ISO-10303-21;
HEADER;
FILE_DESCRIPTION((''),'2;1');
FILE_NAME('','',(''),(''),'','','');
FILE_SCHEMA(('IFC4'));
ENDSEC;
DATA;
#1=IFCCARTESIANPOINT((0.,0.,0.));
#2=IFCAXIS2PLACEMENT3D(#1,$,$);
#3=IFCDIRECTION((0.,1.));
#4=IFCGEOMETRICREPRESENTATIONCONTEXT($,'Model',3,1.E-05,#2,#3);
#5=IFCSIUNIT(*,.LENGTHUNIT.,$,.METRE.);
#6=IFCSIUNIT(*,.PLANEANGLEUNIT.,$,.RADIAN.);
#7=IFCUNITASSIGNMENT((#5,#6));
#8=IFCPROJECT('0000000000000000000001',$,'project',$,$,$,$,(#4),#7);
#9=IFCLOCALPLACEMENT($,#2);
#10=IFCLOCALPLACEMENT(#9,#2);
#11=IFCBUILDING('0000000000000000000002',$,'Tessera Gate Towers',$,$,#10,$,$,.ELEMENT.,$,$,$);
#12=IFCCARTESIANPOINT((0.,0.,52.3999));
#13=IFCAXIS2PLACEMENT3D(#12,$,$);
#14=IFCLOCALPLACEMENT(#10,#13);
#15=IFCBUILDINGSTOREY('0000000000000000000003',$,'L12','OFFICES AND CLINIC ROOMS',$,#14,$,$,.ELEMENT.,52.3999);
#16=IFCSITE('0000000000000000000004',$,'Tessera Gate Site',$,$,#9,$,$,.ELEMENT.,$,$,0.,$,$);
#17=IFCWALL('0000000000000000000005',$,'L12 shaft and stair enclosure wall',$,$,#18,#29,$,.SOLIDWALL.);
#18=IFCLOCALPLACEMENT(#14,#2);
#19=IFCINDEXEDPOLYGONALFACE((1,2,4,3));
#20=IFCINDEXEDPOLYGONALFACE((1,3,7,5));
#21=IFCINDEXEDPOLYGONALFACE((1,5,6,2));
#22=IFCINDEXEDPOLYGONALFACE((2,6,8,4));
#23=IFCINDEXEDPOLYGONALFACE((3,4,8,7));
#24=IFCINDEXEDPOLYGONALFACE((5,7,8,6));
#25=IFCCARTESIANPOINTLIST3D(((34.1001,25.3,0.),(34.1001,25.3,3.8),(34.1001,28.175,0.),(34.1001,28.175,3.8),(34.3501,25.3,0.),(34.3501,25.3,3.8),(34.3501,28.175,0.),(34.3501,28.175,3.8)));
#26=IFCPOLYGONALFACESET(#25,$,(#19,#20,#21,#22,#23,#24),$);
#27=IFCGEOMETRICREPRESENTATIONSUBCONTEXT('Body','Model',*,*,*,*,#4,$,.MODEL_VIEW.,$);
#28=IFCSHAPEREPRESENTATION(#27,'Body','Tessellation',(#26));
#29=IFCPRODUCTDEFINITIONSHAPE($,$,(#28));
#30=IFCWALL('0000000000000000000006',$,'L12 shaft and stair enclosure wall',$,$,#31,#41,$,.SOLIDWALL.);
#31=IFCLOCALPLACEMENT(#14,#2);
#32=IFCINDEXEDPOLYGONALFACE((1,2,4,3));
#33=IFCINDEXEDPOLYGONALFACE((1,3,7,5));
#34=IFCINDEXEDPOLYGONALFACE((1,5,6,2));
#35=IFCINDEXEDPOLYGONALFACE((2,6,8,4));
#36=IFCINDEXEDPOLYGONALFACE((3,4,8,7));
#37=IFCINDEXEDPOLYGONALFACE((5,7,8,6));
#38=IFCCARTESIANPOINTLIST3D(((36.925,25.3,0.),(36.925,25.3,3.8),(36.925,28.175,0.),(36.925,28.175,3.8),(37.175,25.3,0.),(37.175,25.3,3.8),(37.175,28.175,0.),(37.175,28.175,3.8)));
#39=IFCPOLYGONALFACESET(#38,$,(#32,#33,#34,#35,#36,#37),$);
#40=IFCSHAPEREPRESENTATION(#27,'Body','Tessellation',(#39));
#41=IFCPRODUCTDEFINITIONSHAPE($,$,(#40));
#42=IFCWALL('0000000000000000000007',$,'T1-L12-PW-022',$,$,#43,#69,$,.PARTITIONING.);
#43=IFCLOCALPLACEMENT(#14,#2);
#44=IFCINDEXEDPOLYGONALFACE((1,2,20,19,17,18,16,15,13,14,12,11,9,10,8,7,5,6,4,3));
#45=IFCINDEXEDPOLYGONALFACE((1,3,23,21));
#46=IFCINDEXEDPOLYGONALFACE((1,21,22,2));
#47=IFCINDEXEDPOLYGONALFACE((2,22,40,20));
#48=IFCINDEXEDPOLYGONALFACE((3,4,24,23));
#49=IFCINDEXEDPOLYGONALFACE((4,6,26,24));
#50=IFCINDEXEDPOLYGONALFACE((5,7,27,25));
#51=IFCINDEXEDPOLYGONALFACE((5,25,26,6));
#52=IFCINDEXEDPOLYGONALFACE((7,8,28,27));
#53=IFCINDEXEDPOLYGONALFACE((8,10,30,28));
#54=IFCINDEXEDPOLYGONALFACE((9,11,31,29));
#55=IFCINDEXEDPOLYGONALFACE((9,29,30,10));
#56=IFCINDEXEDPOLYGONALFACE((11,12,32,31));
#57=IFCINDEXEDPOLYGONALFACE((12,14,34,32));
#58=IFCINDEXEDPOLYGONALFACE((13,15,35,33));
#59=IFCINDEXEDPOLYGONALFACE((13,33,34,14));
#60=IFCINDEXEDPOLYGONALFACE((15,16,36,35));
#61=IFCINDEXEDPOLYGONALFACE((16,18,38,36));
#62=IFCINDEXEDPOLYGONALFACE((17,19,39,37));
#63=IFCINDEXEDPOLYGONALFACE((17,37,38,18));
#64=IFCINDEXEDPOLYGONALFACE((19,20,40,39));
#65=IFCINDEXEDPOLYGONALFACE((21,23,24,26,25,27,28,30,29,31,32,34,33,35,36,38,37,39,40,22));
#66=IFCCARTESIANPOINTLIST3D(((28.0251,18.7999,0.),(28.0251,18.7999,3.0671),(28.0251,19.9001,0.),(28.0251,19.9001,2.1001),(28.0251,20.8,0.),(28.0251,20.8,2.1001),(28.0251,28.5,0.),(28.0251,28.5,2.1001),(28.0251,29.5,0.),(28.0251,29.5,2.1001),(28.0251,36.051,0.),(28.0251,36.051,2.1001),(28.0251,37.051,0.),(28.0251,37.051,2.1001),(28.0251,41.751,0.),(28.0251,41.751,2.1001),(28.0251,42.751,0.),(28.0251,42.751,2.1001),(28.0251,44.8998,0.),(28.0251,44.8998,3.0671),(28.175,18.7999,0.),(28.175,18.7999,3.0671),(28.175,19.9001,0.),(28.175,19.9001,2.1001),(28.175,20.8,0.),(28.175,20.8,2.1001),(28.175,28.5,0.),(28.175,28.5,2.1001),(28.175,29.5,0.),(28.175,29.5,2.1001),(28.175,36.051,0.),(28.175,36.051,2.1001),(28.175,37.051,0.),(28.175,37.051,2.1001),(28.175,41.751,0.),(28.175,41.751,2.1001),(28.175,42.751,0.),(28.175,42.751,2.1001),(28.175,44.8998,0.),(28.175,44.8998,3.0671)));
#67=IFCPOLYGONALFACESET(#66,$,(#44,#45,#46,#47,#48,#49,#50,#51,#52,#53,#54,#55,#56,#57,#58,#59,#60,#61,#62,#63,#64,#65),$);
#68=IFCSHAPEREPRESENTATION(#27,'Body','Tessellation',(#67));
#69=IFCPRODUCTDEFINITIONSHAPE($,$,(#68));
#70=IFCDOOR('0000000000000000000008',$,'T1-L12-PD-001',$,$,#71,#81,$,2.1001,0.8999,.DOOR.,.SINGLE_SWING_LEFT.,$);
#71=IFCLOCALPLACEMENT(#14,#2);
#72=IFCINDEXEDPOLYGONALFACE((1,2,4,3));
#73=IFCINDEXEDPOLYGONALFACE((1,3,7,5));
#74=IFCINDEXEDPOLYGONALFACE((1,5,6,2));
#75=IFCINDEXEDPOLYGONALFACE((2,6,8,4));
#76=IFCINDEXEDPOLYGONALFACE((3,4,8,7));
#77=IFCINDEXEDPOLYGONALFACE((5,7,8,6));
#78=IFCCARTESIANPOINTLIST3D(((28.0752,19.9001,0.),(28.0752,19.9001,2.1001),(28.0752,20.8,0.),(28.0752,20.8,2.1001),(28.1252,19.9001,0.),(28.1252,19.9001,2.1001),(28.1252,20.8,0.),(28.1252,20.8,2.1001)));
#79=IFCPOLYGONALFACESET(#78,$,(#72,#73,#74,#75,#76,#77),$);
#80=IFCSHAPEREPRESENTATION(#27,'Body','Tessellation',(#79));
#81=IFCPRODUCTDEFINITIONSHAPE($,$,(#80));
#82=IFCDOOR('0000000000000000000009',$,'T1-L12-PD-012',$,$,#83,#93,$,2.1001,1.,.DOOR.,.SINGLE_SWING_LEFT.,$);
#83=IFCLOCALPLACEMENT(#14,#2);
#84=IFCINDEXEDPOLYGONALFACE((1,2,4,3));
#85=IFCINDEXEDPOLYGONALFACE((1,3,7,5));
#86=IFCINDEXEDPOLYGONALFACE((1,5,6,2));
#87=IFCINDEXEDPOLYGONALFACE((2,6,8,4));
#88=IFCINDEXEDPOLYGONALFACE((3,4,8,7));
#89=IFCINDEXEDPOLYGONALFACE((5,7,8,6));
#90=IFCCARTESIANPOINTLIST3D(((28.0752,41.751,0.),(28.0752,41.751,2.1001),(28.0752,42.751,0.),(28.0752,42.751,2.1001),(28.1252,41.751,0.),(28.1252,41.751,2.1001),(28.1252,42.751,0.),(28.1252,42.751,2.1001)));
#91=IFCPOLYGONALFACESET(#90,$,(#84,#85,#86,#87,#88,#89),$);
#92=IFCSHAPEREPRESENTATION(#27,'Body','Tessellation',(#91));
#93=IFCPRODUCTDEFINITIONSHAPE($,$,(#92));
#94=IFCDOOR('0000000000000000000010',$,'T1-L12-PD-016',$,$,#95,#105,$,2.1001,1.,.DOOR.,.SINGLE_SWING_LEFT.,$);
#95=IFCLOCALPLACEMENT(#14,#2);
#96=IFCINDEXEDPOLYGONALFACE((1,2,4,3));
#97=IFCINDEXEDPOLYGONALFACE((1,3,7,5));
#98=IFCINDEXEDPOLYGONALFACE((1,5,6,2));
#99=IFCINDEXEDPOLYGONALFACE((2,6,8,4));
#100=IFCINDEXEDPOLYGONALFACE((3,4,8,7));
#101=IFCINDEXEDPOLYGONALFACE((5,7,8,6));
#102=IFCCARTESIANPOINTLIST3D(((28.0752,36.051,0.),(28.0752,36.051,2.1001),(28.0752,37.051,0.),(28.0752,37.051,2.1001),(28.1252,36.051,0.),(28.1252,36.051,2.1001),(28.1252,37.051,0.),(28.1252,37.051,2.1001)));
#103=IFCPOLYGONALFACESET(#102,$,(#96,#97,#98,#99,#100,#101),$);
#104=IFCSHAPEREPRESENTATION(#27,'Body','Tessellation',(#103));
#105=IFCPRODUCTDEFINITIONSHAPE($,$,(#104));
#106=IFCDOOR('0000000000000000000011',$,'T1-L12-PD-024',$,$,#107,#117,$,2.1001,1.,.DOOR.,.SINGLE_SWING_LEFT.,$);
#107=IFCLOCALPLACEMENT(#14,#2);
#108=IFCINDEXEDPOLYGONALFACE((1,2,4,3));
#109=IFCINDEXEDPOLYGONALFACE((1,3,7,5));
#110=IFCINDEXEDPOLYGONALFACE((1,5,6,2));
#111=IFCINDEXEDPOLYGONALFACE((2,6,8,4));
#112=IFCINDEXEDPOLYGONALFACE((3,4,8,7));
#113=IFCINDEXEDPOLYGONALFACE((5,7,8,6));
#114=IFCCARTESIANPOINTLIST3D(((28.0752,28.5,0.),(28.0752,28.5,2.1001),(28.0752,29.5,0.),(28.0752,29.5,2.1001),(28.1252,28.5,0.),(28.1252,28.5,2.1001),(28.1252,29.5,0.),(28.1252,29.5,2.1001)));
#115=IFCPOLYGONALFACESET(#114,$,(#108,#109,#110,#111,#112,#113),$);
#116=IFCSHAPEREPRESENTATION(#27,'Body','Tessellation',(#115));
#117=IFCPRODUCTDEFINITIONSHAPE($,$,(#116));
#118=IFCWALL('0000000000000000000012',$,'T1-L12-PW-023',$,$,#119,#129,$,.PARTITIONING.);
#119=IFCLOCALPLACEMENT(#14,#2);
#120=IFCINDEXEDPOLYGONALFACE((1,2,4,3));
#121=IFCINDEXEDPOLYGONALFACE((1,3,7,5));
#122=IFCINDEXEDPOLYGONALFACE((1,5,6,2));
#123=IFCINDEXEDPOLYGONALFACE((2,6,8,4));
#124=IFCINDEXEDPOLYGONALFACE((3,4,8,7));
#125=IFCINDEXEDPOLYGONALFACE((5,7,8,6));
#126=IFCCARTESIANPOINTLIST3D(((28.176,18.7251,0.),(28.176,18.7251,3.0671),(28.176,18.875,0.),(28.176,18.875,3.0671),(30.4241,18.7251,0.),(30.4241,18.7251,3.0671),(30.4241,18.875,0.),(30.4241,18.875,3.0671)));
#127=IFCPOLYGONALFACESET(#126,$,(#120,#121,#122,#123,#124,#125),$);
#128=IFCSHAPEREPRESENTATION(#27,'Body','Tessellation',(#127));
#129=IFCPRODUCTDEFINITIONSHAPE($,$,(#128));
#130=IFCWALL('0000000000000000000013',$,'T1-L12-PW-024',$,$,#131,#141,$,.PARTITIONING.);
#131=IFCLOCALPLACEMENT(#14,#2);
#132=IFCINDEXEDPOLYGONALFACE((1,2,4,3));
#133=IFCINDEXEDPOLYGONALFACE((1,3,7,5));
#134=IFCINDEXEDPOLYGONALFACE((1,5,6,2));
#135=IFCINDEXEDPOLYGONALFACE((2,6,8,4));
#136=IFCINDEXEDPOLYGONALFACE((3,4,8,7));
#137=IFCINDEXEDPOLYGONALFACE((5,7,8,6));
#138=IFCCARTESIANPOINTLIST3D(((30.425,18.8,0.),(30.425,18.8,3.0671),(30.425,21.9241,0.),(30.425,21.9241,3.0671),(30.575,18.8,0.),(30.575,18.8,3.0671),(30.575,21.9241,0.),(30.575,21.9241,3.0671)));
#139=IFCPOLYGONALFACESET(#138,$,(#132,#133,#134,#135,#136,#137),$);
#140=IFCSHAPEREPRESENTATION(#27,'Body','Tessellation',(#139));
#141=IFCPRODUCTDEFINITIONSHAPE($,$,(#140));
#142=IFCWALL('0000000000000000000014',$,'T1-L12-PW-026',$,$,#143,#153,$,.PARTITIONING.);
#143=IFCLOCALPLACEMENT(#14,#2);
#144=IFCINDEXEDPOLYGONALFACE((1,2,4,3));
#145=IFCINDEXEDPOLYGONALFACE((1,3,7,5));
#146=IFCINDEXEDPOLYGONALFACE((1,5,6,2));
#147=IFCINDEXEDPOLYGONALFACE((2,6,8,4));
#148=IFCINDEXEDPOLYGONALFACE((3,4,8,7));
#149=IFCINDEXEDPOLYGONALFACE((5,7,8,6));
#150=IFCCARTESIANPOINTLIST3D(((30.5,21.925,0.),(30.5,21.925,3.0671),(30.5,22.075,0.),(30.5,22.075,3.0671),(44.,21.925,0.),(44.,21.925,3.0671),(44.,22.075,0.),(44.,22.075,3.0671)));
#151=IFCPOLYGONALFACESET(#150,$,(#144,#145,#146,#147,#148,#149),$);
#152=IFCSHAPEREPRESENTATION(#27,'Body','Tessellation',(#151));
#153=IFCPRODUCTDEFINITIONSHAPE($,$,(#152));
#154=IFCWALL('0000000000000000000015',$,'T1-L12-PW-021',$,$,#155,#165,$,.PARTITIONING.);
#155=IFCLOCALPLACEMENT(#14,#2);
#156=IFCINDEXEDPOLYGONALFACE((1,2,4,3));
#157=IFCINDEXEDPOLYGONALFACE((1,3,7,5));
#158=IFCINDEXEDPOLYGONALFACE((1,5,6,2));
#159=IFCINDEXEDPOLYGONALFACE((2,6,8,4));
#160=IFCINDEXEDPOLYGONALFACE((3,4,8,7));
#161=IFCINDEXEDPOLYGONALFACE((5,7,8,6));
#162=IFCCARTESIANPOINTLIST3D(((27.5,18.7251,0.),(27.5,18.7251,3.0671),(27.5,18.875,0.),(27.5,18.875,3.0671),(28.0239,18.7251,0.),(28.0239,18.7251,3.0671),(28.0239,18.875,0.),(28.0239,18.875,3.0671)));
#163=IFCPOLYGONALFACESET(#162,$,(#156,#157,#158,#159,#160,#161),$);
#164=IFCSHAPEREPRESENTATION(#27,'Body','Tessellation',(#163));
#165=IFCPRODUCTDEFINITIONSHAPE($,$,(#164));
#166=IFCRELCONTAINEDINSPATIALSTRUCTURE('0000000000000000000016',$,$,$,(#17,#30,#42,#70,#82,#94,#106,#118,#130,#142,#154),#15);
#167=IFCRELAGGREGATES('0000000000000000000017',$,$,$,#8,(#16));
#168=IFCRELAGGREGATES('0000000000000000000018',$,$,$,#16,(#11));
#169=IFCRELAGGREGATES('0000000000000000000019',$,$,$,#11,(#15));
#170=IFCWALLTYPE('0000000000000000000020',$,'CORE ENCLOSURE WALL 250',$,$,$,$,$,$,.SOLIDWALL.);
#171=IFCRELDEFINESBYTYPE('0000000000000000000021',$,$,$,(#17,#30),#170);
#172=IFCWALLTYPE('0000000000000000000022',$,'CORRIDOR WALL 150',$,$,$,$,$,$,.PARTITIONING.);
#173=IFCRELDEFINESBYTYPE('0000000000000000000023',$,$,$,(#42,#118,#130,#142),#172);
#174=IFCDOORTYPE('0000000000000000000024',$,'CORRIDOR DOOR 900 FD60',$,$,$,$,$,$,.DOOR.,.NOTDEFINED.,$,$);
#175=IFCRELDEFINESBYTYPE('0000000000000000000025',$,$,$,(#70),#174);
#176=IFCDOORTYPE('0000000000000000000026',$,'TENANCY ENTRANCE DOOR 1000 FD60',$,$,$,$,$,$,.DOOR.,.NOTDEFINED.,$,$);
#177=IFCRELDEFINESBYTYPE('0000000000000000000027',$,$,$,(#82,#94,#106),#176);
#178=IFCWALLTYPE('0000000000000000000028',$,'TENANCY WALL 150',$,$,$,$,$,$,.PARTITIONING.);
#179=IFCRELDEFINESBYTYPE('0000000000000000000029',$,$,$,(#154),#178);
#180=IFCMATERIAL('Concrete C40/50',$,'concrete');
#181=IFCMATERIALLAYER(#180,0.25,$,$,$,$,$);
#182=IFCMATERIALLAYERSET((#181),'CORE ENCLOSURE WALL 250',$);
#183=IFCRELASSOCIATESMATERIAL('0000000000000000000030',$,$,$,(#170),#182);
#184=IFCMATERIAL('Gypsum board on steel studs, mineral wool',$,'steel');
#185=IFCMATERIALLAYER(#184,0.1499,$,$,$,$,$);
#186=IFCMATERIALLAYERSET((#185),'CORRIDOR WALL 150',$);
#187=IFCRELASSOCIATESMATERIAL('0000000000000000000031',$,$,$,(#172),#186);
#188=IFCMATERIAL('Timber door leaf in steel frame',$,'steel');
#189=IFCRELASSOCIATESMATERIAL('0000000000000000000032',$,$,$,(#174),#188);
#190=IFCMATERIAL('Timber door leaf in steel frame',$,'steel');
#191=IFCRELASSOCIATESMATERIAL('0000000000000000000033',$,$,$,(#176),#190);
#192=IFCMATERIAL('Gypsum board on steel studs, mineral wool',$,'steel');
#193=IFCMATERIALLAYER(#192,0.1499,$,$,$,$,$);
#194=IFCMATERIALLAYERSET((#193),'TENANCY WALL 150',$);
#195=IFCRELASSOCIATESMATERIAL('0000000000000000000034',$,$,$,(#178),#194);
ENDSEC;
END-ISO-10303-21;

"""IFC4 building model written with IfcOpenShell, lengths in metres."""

from ifc_helpers import new_model, si_unit, direction, frame, frame_2d, origin, place, context, subcontext, project, spatial, rectangle, extrude, source, transform, mapped, material, layer, layer_set, type_object, element, fill, save


model = new_model("IFC4")

# Units and contexts
model_context = context("Model", 3, precision=1e-05, world=origin(), true_north=direction((0.0, 1.0)))
body_context = subcontext(model_context, "Body", "Model", "MODEL_VIEW")
ifc_project = project(units=[si_unit("LENGTHUNIT", "METRE"), si_unit("PLANEANGLEUNIT", "RADIAN")], contexts=[model_context])

# Site, building, storey
site_placement = place(None, origin())
site = spatial("IfcSite", under=ifc_project, at=site_placement, Name="Tessera Gate Site", CompositionType="ELEMENT", RefElevation=0.0)
building_placement = place(site_placement, origin())
building = spatial("IfcBuilding", under=site, at=building_placement, Name="Tessera Gate Towers", CompositionType="ELEMENT")
storey_placement = place(building_placement, frame((0.0, 0.0, 52.3999)))
storey = spatial("IfcBuildingStorey", under=building, at=storey_placement, Name="L12", Description="OFFICES AND CLINIC ROOMS", CompositionType="ELEMENT", Elevation=52.3999)

# Shared definitions
ifc_material_1 = material(Name="Concrete C40/50", Category="concrete")
ifc_layer_1 = layer(ifc_material_1, 0.25)
ifc_layer_set_1 = layer_set([ifc_layer_1], Name="CORE ENCLOSURE WALL 250")
wall_type_1 = type_object("IfcWallType", Name="CORE ENCLOSURE WALL 250", PredefinedType="SOLIDWALL", material=ifc_layer_set_1)

# Walls
for number, where, z_axis, x_axis, name in (
    (1, (34.2251, 25.3, 0.0), (0.0, 0.0, 1.0), (0.0, 1.0, 0.0), "L12 shaft and stair enclosure wall"),
    (2, (37.05, 25.3, 0.0), (0.0, 0.0, 1.0), (0.0, 1.0, 0.0), "L12 shaft and stair enclosure wall"),
):
    element("IfcWall", number, at=place(storey_placement, frame(where, z_axis=z_axis, x_axis=x_axis)), inside=storey, type_object=wall_type_1, Name=name, PredefinedType="SOLIDWALL", context=body_context, shape_type="SweptSolid", body=[
        extrude(rectangle(XDim=2.875, YDim=0.25, at=frame_2d((1.4375, 0.0))), origin(), (0.0, 0.0, 1.0), 3.8),
    ])

# Wall, openings, doors
ifc_material_2 = material(Name="Gypsum board on steel studs, mineral wool", Category="steel")
ifc_layer_2 = layer(ifc_material_2, 0.1499)
ifc_layer_set_2 = layer_set([ifc_layer_2], Name="CORRIDOR WALL 150")
wall_type_2 = type_object("IfcWallType", Name="CORRIDOR WALL 150", PredefinedType="PARTITIONING", material=ifc_layer_set_2)
wall_1_placement = place(storey_placement, frame((28.1001, 18.8, 0.0), z_axis=(0.0, 0.0, 1.0), x_axis=(0.0, 1.0, 0.0)))
wall_1 = element("IfcWall", 3, at=wall_1_placement, inside=storey, type_object=wall_type_2, Name="T1-L12-PW-022", PredefinedType="PARTITIONING", context=body_context, shape_type="SweptSolid", body=[
    extrude(rectangle(XDim=26.0999, YDim=0.1499, at=frame_2d((13.0498, 0.0))), origin(), (0.0, 0.0, 1.0), 3.0671),
])
shared_shape_1 = source(origin(), body_context, "Body", "SweptSolid", [
    extrude(rectangle(XDim=0.8999, YDim=2.1001, at=frame_2d((0.45, 1.05))), frame((0.0, 0.085, 0.0), z_axis=(0.0, -1.0, 0.0), x_axis=(1.0, 0.0, 0.0)), (0.0, 0.0, 1.0), 0.1699),
])
opening_1_placement = place(wall_1_placement, frame((1.1001, 0.0, 0.0)))
opening_1 = element("IfcOpeningElement", 4, at=opening_1_placement, cuts=wall_1, PredefinedType="OPENING", context=body_context, shape_type="MappedRepresentation", body=[
    mapped(shared_shape_1, transform((0.0, 0.0, 0.0), scale=1.0)),
])
shared_shape_2 = source(origin(), body_context, "Body", "SweptSolid", [
    extrude(rectangle(XDim=1.0, YDim=2.1001, at=frame_2d((0.5, 1.05))), frame((0.0, 0.085, 0.0), z_axis=(0.0, -1.0, 0.0), x_axis=(1.0, 0.0, 0.0)), (0.0, 0.0, 1.0), 0.1699),
])
opening_2_placement = place(wall_1_placement, frame((22.9509, 0.0, 0.0)))
opening_2 = element("IfcOpeningElement", 5, at=opening_2_placement, cuts=wall_1, PredefinedType="OPENING", context=body_context, shape_type="MappedRepresentation", body=[
    mapped(shared_shape_2, transform((0.0, 0.0, 0.0), scale=1.0)),
])
opening_3_placement = place(wall_1_placement, frame((17.251, 0.0, 0.0)))
opening_3 = element("IfcOpeningElement", 6, at=opening_3_placement, cuts=wall_1, PredefinedType="OPENING", context=body_context, shape_type="MappedRepresentation", body=[
    mapped(shared_shape_2, transform((0.0, 0.0, 0.0), scale=1.0)),
])
opening_4_placement = place(wall_1_placement, frame((9.7, 0.0, 0.0)))
opening_4 = element("IfcOpeningElement", 7, at=opening_4_placement, cuts=wall_1, PredefinedType="OPENING", context=body_context, shape_type="MappedRepresentation", body=[
    mapped(shared_shape_2, transform((0.0, 0.0, 0.0), scale=1.0)),
])
ifc_material_3 = material(Name="Timber door leaf in steel frame", Category="steel")
door_type_1 = type_object("IfcDoorType", Name="CORRIDOR DOOR 900 FD60", OperationType="NOTDEFINED", PredefinedType="DOOR", material=ifc_material_3)
shared_shape_3 = source(origin(), body_context, "Body", "SweptSolid", [
    extrude(rectangle(XDim=0.8999, YDim=2.1001, at=frame_2d((0.45, 1.05))), frame((0.0, 0.0249, 0.0), z_axis=(0.0, -1.0, 0.0), x_axis=(1.0, 0.0, 0.0)), (0.0, 0.0, 1.0), 0.05),
])
door_1_placement = place(opening_1_placement, origin())
door_1 = element("IfcDoor", 8, at=door_1_placement, inside=storey, type_object=door_type_1, Name="T1-L12-PD-001", OperationType="SINGLE_SWING_LEFT", OverallHeight=2.1001, OverallWidth=0.8999, PredefinedType="DOOR", context=body_context, shape_type="MappedRepresentation", body=[
    mapped(shared_shape_3, transform((0.0, 0.0, 0.0), scale=1.0)),
])
fill(opening_1, door_1)
ifc_material_4 = material(Name="Timber door leaf in steel frame", Category="steel")
door_type_2 = type_object("IfcDoorType", Name="TENANCY ENTRANCE DOOR 1000 FD60", OperationType="NOTDEFINED", PredefinedType="DOOR", material=ifc_material_4)
shared_shape_4 = source(origin(), body_context, "Body", "SweptSolid", [
    extrude(rectangle(XDim=1.0, YDim=2.1001, at=frame_2d((0.5, 1.05))), frame((0.0, 0.0249, 0.0), z_axis=(0.0, -1.0, 0.0), x_axis=(1.0, 0.0, 0.0)), (0.0, 0.0, 1.0), 0.05),
])
door_2_placement = place(opening_2_placement, origin())
door_2 = element("IfcDoor", 9, at=door_2_placement, inside=storey, type_object=door_type_2, Name="T1-L12-PD-012", OperationType="SINGLE_SWING_LEFT", OverallHeight=2.1001, OverallWidth=1.0, PredefinedType="DOOR", context=body_context, shape_type="MappedRepresentation", body=[
    mapped(shared_shape_4, transform((0.0, 0.0, 0.0), scale=1.0)),
])
fill(opening_2, door_2)
door_3_placement = place(opening_3_placement, origin())
door_3 = element("IfcDoor", 10, at=door_3_placement, inside=storey, type_object=door_type_2, Name="T1-L12-PD-016", OperationType="SINGLE_SWING_LEFT", OverallHeight=2.1001, OverallWidth=1.0, PredefinedType="DOOR", context=body_context, shape_type="MappedRepresentation", body=[
    mapped(shared_shape_4, transform((0.0, 0.0, 0.0), scale=1.0)),
])
fill(opening_3, door_3)
door_4_placement = place(opening_4_placement, origin())
door_4 = element("IfcDoor", 11, at=door_4_placement, inside=storey, type_object=door_type_2, Name="T1-L12-PD-024", OperationType="SINGLE_SWING_LEFT", OverallHeight=2.1001, OverallWidth=1.0, PredefinedType="DOOR", context=body_context, shape_type="MappedRepresentation", body=[
    mapped(shared_shape_4, transform((0.0, 0.0, 0.0), scale=1.0)),
])
fill(opening_4, door_4)

# Walls
wall_2_placement = place(storey_placement, frame((28.176, 18.8, 0.0), z_axis=(0.0, 0.0, 1.0), x_axis=(1.0, 0.0, 0.0)))
element("IfcWall", 12, at=wall_2_placement, inside=storey, type_object=wall_type_2, Name="T1-L12-PW-023", PredefinedType="PARTITIONING", context=body_context, shape_type="SweptSolid", body=[
    extrude(rectangle(XDim=2.248, YDim=0.1499, at=frame_2d((1.124, 0.0))), origin(), (0.0, 0.0, 1.0), 3.0671),
])
wall_3_placement = place(storey_placement, frame((30.5, 18.8, 0.0), z_axis=(0.0, 0.0, 1.0), x_axis=(0.0, 1.0, 0.0)))
element("IfcWall", 13, at=wall_3_placement, inside=storey, type_object=wall_type_2, Name="T1-L12-PW-024", PredefinedType="PARTITIONING", context=body_context, shape_type="SweptSolid", body=[
    extrude(rectangle(XDim=3.124, YDim=0.1499, at=frame_2d((1.562, 0.0))), origin(), (0.0, 0.0, 1.0), 3.0671),
])
wall_4_placement = place(storey_placement, frame((30.5, 22.0, 0.0), z_axis=(0.0, 0.0, 1.0), x_axis=(1.0, 0.0, 0.0)))
element("IfcWall", 14, at=wall_4_placement, inside=storey, type_object=wall_type_2, Name="T1-L12-PW-026", PredefinedType="PARTITIONING", context=body_context, shape_type="SweptSolid", body=[
    extrude(rectangle(XDim=13.5, YDim=0.1499, at=frame_2d((6.75, 0.0))), origin(), (0.0, 0.0, 1.0), 3.0671),
])
ifc_material_5 = material(Name="Gypsum board on steel studs, mineral wool", Category="steel")
ifc_layer_3 = layer(ifc_material_5, 0.1499)
ifc_layer_set_3 = layer_set([ifc_layer_3], Name="TENANCY WALL 150")
wall_type_3 = type_object("IfcWallType", Name="TENANCY WALL 150", PredefinedType="PARTITIONING", material=ifc_layer_set_3)
wall_5_placement = place(storey_placement, frame((27.5, 18.8, 0.0), z_axis=(0.0, 0.0, 1.0), x_axis=(1.0, 0.0, 0.0)))
element("IfcWall", 15, at=wall_5_placement, inside=storey, type_object=wall_type_3, Name="T1-L12-PW-021", PredefinedType="PARTITIONING", context=body_context, shape_type="SweptSolid", body=[
    extrude(rectangle(XDim=0.5239, YDim=0.1499, at=frame_2d((0.262, 0.0))), origin(), (0.0, 0.0, 1.0), 3.0671),
])

save(model, "model.ifc")
